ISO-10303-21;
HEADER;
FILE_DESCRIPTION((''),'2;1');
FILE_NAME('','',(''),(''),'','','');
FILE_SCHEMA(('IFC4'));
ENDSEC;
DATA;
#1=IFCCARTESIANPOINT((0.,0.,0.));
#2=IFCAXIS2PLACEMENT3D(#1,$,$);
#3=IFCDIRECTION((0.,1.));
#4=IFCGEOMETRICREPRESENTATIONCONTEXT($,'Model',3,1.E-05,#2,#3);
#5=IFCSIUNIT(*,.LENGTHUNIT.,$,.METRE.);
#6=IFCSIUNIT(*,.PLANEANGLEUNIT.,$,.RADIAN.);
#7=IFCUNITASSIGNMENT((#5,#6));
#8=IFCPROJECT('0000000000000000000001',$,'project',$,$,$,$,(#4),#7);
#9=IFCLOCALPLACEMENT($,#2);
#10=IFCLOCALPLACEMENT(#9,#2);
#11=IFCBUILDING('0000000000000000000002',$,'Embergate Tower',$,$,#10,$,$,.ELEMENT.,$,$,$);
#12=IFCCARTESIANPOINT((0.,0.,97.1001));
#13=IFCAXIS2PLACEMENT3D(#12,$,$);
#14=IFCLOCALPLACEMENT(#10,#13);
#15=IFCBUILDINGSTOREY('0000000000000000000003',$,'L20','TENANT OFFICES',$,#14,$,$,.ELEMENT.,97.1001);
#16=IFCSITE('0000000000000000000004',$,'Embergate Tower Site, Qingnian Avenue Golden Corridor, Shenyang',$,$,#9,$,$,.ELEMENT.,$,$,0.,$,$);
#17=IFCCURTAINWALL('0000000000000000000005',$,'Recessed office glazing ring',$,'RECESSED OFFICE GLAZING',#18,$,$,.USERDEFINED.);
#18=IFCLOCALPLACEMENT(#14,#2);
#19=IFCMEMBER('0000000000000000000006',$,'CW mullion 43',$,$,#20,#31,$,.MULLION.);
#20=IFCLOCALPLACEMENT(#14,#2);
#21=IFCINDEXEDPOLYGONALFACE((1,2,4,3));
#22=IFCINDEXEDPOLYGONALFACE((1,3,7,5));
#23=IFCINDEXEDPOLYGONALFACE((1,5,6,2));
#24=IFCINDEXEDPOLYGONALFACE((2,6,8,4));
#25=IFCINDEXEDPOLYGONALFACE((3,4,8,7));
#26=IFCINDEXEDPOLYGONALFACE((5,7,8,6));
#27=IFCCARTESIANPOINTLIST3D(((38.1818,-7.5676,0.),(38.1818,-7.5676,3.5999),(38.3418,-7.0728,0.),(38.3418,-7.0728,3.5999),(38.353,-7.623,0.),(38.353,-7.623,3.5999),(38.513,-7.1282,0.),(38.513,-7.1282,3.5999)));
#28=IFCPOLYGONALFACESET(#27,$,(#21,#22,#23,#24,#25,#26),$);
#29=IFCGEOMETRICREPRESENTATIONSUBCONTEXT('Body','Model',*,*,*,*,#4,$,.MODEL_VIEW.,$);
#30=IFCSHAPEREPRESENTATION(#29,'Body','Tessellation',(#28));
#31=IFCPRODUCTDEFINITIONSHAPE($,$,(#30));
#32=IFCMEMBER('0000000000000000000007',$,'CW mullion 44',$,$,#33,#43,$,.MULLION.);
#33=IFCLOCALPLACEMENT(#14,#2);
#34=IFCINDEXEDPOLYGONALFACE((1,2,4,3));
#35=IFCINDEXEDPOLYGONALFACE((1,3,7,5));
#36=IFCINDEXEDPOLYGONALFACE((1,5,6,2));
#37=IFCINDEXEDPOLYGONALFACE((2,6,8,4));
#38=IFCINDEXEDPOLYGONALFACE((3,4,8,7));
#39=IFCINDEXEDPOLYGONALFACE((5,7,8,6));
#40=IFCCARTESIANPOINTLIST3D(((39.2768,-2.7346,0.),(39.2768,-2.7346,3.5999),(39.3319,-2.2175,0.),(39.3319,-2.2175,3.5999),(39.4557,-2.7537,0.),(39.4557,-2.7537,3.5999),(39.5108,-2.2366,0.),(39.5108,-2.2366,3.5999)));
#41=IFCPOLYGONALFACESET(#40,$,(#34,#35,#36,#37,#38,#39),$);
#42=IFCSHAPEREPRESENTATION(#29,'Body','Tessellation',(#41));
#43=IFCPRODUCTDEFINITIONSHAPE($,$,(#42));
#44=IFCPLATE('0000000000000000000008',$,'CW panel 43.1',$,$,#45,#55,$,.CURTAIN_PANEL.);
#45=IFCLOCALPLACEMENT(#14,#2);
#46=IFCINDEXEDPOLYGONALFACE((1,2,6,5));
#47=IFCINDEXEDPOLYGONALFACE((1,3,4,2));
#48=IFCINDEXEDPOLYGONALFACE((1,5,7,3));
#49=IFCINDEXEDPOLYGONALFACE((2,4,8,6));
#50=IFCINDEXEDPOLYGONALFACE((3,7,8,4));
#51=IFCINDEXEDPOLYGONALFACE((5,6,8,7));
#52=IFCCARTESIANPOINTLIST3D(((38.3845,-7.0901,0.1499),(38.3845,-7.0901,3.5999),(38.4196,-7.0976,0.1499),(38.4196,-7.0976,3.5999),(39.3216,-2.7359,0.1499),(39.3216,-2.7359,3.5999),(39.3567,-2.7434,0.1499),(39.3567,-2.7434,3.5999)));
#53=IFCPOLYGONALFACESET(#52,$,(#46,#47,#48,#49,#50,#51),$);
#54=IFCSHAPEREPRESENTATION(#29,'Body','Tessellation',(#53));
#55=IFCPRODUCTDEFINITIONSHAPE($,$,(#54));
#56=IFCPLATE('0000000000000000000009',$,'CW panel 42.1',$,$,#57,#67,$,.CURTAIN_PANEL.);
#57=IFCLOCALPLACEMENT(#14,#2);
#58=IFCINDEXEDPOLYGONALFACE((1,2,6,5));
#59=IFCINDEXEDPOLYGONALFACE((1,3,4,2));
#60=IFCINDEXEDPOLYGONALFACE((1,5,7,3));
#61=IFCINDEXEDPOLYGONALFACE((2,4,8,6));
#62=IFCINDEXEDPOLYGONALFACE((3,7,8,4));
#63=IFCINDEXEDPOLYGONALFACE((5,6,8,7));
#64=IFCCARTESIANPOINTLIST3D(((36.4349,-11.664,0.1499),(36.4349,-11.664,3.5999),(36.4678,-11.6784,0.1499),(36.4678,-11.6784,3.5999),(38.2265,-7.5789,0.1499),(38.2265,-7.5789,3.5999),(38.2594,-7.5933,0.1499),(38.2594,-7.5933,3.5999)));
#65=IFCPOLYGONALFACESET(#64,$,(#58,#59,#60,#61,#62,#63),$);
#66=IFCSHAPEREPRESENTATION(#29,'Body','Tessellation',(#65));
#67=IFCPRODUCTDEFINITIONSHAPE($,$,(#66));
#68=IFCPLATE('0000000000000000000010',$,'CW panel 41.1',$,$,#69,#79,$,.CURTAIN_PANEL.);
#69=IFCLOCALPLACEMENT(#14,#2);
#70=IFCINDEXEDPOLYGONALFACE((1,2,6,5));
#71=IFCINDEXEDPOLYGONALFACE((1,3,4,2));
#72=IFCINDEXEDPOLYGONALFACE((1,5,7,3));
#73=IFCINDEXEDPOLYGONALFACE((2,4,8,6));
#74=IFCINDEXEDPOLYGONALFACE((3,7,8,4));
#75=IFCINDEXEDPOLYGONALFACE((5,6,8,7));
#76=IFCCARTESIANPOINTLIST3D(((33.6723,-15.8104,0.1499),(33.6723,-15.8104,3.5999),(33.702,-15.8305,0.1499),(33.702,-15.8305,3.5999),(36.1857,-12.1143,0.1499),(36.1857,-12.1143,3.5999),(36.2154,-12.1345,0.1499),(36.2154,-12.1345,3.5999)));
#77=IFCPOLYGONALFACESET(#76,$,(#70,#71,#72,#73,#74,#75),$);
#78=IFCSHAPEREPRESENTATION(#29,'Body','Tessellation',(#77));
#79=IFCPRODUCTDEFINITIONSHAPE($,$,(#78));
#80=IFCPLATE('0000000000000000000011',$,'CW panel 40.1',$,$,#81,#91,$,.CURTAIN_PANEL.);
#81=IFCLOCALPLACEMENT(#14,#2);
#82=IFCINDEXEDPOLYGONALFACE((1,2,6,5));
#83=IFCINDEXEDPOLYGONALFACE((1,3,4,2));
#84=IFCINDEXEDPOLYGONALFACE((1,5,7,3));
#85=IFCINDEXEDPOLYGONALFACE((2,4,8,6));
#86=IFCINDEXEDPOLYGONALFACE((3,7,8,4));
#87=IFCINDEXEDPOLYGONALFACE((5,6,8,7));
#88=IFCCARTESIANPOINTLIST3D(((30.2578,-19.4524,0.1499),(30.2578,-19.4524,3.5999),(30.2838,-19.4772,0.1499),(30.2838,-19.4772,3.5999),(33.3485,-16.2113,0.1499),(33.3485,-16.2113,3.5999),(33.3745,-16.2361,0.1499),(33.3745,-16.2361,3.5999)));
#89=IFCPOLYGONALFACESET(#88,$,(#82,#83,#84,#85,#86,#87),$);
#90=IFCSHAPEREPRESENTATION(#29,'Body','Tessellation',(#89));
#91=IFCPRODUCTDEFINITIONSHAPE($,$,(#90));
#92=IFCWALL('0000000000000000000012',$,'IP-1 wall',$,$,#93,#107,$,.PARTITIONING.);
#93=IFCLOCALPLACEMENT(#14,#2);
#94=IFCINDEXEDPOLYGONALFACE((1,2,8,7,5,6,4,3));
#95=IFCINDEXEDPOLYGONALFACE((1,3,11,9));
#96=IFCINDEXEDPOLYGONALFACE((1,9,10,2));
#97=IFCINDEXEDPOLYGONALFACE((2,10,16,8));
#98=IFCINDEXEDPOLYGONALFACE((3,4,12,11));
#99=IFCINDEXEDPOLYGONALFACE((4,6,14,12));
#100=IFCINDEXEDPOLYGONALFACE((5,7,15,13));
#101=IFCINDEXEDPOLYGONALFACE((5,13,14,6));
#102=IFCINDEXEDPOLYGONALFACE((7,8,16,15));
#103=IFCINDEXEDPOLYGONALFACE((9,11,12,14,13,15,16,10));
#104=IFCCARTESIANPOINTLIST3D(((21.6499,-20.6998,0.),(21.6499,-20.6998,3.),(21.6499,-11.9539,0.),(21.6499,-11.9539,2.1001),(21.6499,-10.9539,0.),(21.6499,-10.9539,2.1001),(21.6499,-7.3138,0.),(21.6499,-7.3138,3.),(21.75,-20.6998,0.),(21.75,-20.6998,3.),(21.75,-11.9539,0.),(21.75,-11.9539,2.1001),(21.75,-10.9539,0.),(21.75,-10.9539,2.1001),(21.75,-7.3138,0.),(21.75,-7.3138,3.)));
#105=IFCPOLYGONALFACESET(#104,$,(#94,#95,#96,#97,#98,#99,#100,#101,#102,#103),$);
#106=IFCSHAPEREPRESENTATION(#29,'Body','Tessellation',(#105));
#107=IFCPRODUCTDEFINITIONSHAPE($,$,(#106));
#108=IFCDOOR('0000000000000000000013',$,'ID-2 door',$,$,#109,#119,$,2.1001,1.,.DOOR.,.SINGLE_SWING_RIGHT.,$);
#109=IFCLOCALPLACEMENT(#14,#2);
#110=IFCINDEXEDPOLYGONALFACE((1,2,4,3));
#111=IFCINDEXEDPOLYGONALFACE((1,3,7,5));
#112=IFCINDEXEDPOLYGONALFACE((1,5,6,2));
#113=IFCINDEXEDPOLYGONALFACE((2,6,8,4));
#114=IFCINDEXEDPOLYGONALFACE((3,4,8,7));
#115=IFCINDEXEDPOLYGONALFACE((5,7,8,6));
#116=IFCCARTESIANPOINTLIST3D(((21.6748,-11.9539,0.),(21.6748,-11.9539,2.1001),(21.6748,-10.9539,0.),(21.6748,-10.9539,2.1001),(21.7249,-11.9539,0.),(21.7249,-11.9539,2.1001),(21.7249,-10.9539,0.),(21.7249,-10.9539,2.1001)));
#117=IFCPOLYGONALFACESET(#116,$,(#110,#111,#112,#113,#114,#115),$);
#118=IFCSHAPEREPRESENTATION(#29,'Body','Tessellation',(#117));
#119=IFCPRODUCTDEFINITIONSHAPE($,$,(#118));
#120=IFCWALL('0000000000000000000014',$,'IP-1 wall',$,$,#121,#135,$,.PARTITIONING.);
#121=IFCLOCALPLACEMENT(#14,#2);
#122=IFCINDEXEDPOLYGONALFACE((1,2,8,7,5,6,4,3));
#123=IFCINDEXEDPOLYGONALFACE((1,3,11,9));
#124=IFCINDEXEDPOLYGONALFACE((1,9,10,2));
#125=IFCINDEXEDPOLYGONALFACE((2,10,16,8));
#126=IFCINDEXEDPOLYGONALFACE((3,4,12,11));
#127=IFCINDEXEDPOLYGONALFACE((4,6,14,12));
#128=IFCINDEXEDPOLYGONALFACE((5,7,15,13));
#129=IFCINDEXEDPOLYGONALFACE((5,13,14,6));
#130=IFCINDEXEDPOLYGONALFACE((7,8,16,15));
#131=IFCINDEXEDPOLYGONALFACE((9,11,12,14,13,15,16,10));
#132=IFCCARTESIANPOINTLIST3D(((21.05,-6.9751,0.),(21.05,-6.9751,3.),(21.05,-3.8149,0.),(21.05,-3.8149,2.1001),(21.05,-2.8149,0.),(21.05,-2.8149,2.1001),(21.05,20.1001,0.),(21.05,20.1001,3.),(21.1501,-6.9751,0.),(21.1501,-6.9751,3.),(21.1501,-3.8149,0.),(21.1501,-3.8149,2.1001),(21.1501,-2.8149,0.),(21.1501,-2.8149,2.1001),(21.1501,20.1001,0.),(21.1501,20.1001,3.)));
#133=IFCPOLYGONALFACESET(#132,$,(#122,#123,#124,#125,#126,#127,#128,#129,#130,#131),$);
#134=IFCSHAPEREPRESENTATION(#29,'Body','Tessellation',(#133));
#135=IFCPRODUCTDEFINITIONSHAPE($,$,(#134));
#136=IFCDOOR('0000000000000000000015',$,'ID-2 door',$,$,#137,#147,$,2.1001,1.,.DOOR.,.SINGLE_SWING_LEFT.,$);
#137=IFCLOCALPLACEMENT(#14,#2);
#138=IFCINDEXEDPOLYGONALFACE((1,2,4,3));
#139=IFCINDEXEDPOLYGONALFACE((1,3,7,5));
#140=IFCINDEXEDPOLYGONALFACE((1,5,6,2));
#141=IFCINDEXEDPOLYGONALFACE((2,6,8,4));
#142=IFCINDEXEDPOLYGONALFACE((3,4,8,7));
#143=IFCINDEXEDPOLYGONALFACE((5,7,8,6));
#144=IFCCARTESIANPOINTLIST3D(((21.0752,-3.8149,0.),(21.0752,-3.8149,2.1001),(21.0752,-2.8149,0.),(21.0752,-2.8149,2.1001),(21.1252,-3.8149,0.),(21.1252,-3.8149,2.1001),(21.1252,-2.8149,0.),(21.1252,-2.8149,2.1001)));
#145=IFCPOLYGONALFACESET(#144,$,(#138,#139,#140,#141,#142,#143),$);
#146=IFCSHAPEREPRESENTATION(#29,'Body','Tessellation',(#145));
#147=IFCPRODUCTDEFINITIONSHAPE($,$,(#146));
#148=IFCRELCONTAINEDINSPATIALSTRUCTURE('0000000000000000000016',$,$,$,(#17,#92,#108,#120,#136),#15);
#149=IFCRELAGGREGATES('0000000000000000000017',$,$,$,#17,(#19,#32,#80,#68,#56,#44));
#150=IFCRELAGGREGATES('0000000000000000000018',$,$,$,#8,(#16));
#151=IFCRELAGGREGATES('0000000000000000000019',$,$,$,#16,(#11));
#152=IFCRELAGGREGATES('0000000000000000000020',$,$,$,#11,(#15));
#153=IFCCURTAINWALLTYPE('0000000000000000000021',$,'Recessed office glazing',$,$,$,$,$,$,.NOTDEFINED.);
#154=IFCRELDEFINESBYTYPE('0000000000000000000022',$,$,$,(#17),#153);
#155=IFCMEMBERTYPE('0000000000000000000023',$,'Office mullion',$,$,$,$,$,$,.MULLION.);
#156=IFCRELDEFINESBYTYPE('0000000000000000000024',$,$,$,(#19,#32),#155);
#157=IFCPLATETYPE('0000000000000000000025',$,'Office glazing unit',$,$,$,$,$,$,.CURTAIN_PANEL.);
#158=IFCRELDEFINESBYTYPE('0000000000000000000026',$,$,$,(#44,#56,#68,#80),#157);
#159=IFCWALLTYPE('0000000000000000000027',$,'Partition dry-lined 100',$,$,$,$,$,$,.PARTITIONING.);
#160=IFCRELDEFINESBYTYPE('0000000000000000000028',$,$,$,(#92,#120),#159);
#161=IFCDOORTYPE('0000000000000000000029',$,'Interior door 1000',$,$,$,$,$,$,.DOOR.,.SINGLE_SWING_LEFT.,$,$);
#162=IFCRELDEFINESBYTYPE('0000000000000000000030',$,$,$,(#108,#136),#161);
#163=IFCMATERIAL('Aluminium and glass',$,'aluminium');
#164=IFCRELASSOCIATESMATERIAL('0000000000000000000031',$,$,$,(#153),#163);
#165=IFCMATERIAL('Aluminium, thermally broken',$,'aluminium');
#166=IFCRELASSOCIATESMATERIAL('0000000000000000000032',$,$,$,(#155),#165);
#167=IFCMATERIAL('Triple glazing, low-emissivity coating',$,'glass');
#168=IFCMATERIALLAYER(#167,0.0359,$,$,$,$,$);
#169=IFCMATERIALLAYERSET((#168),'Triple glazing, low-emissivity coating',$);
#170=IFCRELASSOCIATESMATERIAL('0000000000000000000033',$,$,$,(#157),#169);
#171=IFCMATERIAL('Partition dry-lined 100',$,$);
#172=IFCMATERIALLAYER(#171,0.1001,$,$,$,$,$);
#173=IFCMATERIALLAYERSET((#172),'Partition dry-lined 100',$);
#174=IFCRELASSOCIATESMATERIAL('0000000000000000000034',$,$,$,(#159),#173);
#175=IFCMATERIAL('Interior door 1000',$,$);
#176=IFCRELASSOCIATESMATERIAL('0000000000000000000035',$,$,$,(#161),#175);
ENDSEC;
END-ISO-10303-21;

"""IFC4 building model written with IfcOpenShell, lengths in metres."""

from ifc_helpers import new_model, si_unit, direction, frame, frame_2d, origin, origin_2d, place, context, subcontext, project, spatial, rectangle, extrude, source, transform, mapped, material, layer, layer_set, material_profile, profile_set, type_object, element, fill, aggregate, save


model = new_model("IFC4")

# Units and contexts
model_context = context("Model", 3, precision=1e-05, world=origin(), true_north=direction((0.0, 1.0)))
body_context = subcontext(model_context, "Body", "Model", "MODEL_VIEW")
ifc_project = project(units=[si_unit("LENGTHUNIT", "METRE"), si_unit("PLANEANGLEUNIT", "RADIAN")], contexts=[model_context])

# Site, building, storey
site_placement = place(None, origin())
site = spatial("IfcSite", under=ifc_project, at=site_placement, Name="Embergate Tower Site, Qingnian Avenue Golden Corridor, Shenyang", CompositionType="ELEMENT", RefElevation=0.0)
building_placement = place(site_placement, origin())
building = spatial("IfcBuilding", under=site, at=building_placement, Name="Embergate Tower", CompositionType="ELEMENT")
storey_placement = place(building_placement, frame((0.0, 0.0, 97.1001)))
storey = spatial("IfcBuildingStorey", under=building, at=storey_placement, Name="L20", Description="TENANT OFFICES", CompositionType="ELEMENT", Elevation=97.1001)

# Curtain wall, members, plates
ifc_material_1 = material(Name="Aluminium and glass", Category="aluminium")
curtain_wall_type = type_object("IfcCurtainWallType", Name="Recessed office glazing", PredefinedType="NOTDEFINED", material=ifc_material_1)
curtain_wall_placement = place(storey_placement, origin())
curtain_wall = element("IfcCurtainWall", 1, at=curtain_wall_placement, inside=storey, type_object=curtain_wall_type, Name="Recessed office glazing ring", ObjectType="RECESSED OFFICE GLAZING", PredefinedType="USERDEFINED")
ifc_material_2 = material(Name="Aluminium, thermally broken", Category="aluminium")
ifc_material_profile_1 = material_profile(ifc_material_2, rectangle(XDim=0.1799, YDim=0.52, at=origin_2d()), Name="AL 520x180")
ifc_profile_set_1 = profile_set([ifc_material_profile_1], Name="Aluminium, thermally broken")
member_type_1 = type_object("IfcMemberType", Name="Office mullion", PredefinedType="MULLION", material=ifc_profile_set_1)
shared_shape_1 = source(origin(), body_context, "Body", "SweptSolid", [
    extrude(rectangle(XDim=0.1799, YDim=0.52, at=origin_2d()), origin(), (0.0, 0.0, 1.0), 3.5999),
])
member_1_placement = place(storey_placement, frame((38.3474, -7.3479, 0.0), z_axis=(0.0, 0.0, 1.0), x_axis=(-0.951502, 0.307642, 0.0)))
member_1 = element("IfcMember", 2, at=member_1_placement, type_object=member_type_1, Name="CW mullion 43", PredefinedType="MULLION", context=body_context, shape_type="MappedRepresentation", body=[
    mapped(shared_shape_1, transform((0.0, 0.0, 0.0))),
])
member_2_placement = place(storey_placement, frame((39.3938, -2.4856, 0.0), z_axis=(0.0, 0.0, 1.0), x_axis=(-0.994386, 0.105818, 0.0)))
member_2 = element("IfcMember", 3, at=member_2_placement, type_object=member_type_1, Name="CW mullion 44", PredefinedType="MULLION", context=body_context, shape_type="MappedRepresentation", body=[
    mapped(shared_shape_1, transform((0.0, 0.0, 0.0))),
])
ifc_material_3 = material(Name="Triple glazing, low-emissivity coating", Category="glass")
ifc_layer_1 = layer(ifc_material_3, 0.0359)
ifc_layer_set_1 = layer_set([ifc_layer_1], Name="Triple glazing, low-emissivity coating")
plate_type = type_object("IfcPlateType", Name="Office glazing unit", PredefinedType="CURTAIN_PANEL", material=ifc_layer_set_1)
shared_shape_2 = source(origin(), body_context, "Body", "SweptSolid", [
    extrude(rectangle(XDim=4.4539, YDim=0.0359, at=origin_2d()), origin(), (0.0, 0.0, 1.0), 3.45),
])
plate_1_placement = place(storey_placement, frame((38.8706, -4.9167, 0.1499), z_axis=(0.0, 0.0, 1.0), x_axis=(0.210392, 0.977617, 0.0)))
plate_1 = element("IfcPlate", 4, at=plate_1_placement, type_object=plate_type, Name="CW panel 43.1", PredefinedType="CURTAIN_PANEL", context=body_context, shape_type="MappedRepresentation", body=[
    mapped(shared_shape_2, transform((0.0, 0.0, 0.0))),
])
shared_shape_3 = source(origin(), body_context, "Body", "SweptSolid", [
    extrude(rectangle(XDim=4.4607, YDim=0.0359, at=origin_2d()), origin(), (0.0, 0.0, 1.0), 3.45),
])
plate_2_placement = place(storey_placement, frame((37.3472, -9.6287, 0.1499), z_axis=(0.0, 0.0, 1.0), x_axis=(0.401644, 0.915796, 0.0)))
plate_2 = element("IfcPlate", 5, at=plate_2_placement, type_object=plate_type, Name="CW panel 42.1", PredefinedType="CURTAIN_PANEL", context=body_context, shape_type="MappedRepresentation", body=[
    mapped(shared_shape_3, transform((0.0, 0.0, 0.0))),
])
shared_shape_4 = source(origin(), body_context, "Body", "SweptSolid", [
    extrude(rectangle(XDim=4.4697, YDim=0.0359, at=origin_2d()), origin(), (0.0, 0.0, 1.0), 3.45),
])
plate_3_placement = place(storey_placement, frame((34.9438, -13.9724, 0.1499), z_axis=(0.0, 0.0, 1.0), x_axis=(0.562332, 0.826912, 0.0)))
plate_3 = element("IfcPlate", 6, at=plate_3_placement, type_object=plate_type, Name="CW panel 41.1", PredefinedType="CURTAIN_PANEL", context=body_context, shape_type="MappedRepresentation", body=[
    mapped(shared_shape_4, transform((0.0, 0.0, 0.0))),
])
shared_shape_5 = source(origin(), body_context, "Body", "SweptSolid", [
    extrude(rectangle(XDim=4.4785, YDim=0.0359, at=origin_2d()), origin(), (0.0, 0.0, 1.0), 3.45),
])
plate_4_placement = place(storey_placement, frame((31.8162, -17.8442, 0.1499), z_axis=(0.0, 0.0, 1.0), x_axis=(0.690125, 0.72369, 0.0)))
plate_4 = element("IfcPlate", 7, at=plate_4_placement, type_object=plate_type, Name="CW panel 40.1", PredefinedType="CURTAIN_PANEL", context=body_context, shape_type="MappedRepresentation", body=[
    mapped(shared_shape_5, transform((0.0, 0.0, 0.0))),
])
aggregate(curtain_wall, [member_1, member_2, plate_4, plate_3, plate_2, plate_1])

# Walls, openings, doors
ifc_material_4 = material(Name="Partition dry-lined 100")
ifc_layer_2 = layer(ifc_material_4, 0.1001)
ifc_layer_set_2 = layer_set([ifc_layer_2], Name="Partition dry-lined 100")
wall_type = type_object("IfcWallType", Name="Partition dry-lined 100", PredefinedType="PARTITIONING", material=ifc_layer_set_2)
shared_shape_6 = source(origin(), body_context, "Body", "SweptSolid", [
    extrude(rectangle(XDim=13.386, YDim=0.1001, at=frame_2d((6.6929, 0.0))), origin(), (0.0, 0.0, 1.0), 3.0),
])
wall_1_placement = place(storey_placement, frame((21.7, -7.314, 0.0), z_axis=(0.0, 0.0, 1.0), x_axis=(0.0, -1.0, 0.0)))
wall_1 = element("IfcWall", 8, at=wall_1_placement, inside=storey, type_object=wall_type, Name="IP-1 wall", PredefinedType="PARTITIONING", context=body_context, shape_type="MappedRepresentation", body=[
    mapped(shared_shape_6, transform((0.0, 0.0, 0.0))),
])
shared_shape_7 = source(origin(), body_context, "Body", "SweptSolid", [
    extrude(rectangle(XDim=1.0, YDim=2.1001, at=frame_2d((0.5, 1.05))), frame((0.0, 0.0601, 0.0), z_axis=(0.0, -1.0, 0.0), x_axis=(1.0, 0.0, 0.0)), (0.0, 0.0, 1.0), 0.1201),
])
opening_1_placement = place(wall_1_placement, frame((3.6399, 0.0, 0.0)))
opening_1 = element("IfcOpeningElement", 9, at=opening_1_placement, cuts=wall_1, PredefinedType="OPENING", context=body_context, shape_type="MappedRepresentation", body=[
    mapped(shared_shape_7, transform((0.0, 0.0, 0.0))),
])
ifc_material_5 = material(Name="Interior door 1000")
door_type = type_object("IfcDoorType", Name="Interior door 1000", OperationType="SINGLE_SWING_LEFT", PredefinedType="DOOR", material=ifc_material_5)
shared_shape_8 = source(origin(), body_context, "Body", "SweptSolid", [
    extrude(rectangle(XDim=1.0, YDim=2.1001, at=frame_2d((0.5, 1.05))), frame((0.0, 0.0249, 0.0), z_axis=(0.0, -1.0, 0.0), x_axis=(1.0, 0.0, 0.0)), (0.0, 0.0, 1.0), 0.05),
])
door_1_placement = place(opening_1_placement, origin())
door_1 = element("IfcDoor", 10, at=door_1_placement, inside=storey, type_object=door_type, Name="ID-2 door", OperationType="SINGLE_SWING_RIGHT", OverallHeight=2.1001, OverallWidth=1.0, PredefinedType="DOOR", context=body_context, shape_type="MappedRepresentation", body=[
    mapped(shared_shape_8, transform((0.0, 0.0, 0.0))),
])
fill(opening_1, door_1)
shared_shape_9 = source(origin(), body_context, "Body", "SweptSolid", [
    extrude(rectangle(XDim=27.0752, YDim=0.1001, at=frame_2d((13.5376, 0.0))), origin(), (0.0, 0.0, 1.0), 3.0),
])
wall_2_placement = place(storey_placement, frame((21.1001, -6.9751, 0.0), z_axis=(0.0, 0.0, 1.0), x_axis=(0.0, 1.0, 0.0)))
wall_2 = element("IfcWall", 11, at=wall_2_placement, inside=storey, type_object=wall_type, Name="IP-1 wall", PredefinedType="PARTITIONING", context=body_context, shape_type="MappedRepresentation", body=[
    mapped(shared_shape_9, transform((0.0, 0.0, 0.0))),
])
opening_2_placement = place(wall_2_placement, frame((3.1602, 0.0, 0.0)))
opening_2 = element("IfcOpeningElement", 12, at=opening_2_placement, cuts=wall_2, PredefinedType="OPENING", context=body_context, shape_type="MappedRepresentation", body=[
    mapped(shared_shape_7, transform((0.0, 0.0, 0.0))),
])
door_2_placement = place(opening_2_placement, origin())
door_2 = element("IfcDoor", 13, at=door_2_placement, inside=storey, type_object=door_type, Name="ID-2 door", OperationType="SINGLE_SWING_LEFT", OverallHeight=2.1001, OverallWidth=1.0, PredefinedType="DOOR", context=body_context, shape_type="MappedRepresentation", body=[
    mapped(shared_shape_8, transform((0.0, 0.0, 0.0))),
])
fill(opening_2, door_2)

save(model, "model.ifc")
